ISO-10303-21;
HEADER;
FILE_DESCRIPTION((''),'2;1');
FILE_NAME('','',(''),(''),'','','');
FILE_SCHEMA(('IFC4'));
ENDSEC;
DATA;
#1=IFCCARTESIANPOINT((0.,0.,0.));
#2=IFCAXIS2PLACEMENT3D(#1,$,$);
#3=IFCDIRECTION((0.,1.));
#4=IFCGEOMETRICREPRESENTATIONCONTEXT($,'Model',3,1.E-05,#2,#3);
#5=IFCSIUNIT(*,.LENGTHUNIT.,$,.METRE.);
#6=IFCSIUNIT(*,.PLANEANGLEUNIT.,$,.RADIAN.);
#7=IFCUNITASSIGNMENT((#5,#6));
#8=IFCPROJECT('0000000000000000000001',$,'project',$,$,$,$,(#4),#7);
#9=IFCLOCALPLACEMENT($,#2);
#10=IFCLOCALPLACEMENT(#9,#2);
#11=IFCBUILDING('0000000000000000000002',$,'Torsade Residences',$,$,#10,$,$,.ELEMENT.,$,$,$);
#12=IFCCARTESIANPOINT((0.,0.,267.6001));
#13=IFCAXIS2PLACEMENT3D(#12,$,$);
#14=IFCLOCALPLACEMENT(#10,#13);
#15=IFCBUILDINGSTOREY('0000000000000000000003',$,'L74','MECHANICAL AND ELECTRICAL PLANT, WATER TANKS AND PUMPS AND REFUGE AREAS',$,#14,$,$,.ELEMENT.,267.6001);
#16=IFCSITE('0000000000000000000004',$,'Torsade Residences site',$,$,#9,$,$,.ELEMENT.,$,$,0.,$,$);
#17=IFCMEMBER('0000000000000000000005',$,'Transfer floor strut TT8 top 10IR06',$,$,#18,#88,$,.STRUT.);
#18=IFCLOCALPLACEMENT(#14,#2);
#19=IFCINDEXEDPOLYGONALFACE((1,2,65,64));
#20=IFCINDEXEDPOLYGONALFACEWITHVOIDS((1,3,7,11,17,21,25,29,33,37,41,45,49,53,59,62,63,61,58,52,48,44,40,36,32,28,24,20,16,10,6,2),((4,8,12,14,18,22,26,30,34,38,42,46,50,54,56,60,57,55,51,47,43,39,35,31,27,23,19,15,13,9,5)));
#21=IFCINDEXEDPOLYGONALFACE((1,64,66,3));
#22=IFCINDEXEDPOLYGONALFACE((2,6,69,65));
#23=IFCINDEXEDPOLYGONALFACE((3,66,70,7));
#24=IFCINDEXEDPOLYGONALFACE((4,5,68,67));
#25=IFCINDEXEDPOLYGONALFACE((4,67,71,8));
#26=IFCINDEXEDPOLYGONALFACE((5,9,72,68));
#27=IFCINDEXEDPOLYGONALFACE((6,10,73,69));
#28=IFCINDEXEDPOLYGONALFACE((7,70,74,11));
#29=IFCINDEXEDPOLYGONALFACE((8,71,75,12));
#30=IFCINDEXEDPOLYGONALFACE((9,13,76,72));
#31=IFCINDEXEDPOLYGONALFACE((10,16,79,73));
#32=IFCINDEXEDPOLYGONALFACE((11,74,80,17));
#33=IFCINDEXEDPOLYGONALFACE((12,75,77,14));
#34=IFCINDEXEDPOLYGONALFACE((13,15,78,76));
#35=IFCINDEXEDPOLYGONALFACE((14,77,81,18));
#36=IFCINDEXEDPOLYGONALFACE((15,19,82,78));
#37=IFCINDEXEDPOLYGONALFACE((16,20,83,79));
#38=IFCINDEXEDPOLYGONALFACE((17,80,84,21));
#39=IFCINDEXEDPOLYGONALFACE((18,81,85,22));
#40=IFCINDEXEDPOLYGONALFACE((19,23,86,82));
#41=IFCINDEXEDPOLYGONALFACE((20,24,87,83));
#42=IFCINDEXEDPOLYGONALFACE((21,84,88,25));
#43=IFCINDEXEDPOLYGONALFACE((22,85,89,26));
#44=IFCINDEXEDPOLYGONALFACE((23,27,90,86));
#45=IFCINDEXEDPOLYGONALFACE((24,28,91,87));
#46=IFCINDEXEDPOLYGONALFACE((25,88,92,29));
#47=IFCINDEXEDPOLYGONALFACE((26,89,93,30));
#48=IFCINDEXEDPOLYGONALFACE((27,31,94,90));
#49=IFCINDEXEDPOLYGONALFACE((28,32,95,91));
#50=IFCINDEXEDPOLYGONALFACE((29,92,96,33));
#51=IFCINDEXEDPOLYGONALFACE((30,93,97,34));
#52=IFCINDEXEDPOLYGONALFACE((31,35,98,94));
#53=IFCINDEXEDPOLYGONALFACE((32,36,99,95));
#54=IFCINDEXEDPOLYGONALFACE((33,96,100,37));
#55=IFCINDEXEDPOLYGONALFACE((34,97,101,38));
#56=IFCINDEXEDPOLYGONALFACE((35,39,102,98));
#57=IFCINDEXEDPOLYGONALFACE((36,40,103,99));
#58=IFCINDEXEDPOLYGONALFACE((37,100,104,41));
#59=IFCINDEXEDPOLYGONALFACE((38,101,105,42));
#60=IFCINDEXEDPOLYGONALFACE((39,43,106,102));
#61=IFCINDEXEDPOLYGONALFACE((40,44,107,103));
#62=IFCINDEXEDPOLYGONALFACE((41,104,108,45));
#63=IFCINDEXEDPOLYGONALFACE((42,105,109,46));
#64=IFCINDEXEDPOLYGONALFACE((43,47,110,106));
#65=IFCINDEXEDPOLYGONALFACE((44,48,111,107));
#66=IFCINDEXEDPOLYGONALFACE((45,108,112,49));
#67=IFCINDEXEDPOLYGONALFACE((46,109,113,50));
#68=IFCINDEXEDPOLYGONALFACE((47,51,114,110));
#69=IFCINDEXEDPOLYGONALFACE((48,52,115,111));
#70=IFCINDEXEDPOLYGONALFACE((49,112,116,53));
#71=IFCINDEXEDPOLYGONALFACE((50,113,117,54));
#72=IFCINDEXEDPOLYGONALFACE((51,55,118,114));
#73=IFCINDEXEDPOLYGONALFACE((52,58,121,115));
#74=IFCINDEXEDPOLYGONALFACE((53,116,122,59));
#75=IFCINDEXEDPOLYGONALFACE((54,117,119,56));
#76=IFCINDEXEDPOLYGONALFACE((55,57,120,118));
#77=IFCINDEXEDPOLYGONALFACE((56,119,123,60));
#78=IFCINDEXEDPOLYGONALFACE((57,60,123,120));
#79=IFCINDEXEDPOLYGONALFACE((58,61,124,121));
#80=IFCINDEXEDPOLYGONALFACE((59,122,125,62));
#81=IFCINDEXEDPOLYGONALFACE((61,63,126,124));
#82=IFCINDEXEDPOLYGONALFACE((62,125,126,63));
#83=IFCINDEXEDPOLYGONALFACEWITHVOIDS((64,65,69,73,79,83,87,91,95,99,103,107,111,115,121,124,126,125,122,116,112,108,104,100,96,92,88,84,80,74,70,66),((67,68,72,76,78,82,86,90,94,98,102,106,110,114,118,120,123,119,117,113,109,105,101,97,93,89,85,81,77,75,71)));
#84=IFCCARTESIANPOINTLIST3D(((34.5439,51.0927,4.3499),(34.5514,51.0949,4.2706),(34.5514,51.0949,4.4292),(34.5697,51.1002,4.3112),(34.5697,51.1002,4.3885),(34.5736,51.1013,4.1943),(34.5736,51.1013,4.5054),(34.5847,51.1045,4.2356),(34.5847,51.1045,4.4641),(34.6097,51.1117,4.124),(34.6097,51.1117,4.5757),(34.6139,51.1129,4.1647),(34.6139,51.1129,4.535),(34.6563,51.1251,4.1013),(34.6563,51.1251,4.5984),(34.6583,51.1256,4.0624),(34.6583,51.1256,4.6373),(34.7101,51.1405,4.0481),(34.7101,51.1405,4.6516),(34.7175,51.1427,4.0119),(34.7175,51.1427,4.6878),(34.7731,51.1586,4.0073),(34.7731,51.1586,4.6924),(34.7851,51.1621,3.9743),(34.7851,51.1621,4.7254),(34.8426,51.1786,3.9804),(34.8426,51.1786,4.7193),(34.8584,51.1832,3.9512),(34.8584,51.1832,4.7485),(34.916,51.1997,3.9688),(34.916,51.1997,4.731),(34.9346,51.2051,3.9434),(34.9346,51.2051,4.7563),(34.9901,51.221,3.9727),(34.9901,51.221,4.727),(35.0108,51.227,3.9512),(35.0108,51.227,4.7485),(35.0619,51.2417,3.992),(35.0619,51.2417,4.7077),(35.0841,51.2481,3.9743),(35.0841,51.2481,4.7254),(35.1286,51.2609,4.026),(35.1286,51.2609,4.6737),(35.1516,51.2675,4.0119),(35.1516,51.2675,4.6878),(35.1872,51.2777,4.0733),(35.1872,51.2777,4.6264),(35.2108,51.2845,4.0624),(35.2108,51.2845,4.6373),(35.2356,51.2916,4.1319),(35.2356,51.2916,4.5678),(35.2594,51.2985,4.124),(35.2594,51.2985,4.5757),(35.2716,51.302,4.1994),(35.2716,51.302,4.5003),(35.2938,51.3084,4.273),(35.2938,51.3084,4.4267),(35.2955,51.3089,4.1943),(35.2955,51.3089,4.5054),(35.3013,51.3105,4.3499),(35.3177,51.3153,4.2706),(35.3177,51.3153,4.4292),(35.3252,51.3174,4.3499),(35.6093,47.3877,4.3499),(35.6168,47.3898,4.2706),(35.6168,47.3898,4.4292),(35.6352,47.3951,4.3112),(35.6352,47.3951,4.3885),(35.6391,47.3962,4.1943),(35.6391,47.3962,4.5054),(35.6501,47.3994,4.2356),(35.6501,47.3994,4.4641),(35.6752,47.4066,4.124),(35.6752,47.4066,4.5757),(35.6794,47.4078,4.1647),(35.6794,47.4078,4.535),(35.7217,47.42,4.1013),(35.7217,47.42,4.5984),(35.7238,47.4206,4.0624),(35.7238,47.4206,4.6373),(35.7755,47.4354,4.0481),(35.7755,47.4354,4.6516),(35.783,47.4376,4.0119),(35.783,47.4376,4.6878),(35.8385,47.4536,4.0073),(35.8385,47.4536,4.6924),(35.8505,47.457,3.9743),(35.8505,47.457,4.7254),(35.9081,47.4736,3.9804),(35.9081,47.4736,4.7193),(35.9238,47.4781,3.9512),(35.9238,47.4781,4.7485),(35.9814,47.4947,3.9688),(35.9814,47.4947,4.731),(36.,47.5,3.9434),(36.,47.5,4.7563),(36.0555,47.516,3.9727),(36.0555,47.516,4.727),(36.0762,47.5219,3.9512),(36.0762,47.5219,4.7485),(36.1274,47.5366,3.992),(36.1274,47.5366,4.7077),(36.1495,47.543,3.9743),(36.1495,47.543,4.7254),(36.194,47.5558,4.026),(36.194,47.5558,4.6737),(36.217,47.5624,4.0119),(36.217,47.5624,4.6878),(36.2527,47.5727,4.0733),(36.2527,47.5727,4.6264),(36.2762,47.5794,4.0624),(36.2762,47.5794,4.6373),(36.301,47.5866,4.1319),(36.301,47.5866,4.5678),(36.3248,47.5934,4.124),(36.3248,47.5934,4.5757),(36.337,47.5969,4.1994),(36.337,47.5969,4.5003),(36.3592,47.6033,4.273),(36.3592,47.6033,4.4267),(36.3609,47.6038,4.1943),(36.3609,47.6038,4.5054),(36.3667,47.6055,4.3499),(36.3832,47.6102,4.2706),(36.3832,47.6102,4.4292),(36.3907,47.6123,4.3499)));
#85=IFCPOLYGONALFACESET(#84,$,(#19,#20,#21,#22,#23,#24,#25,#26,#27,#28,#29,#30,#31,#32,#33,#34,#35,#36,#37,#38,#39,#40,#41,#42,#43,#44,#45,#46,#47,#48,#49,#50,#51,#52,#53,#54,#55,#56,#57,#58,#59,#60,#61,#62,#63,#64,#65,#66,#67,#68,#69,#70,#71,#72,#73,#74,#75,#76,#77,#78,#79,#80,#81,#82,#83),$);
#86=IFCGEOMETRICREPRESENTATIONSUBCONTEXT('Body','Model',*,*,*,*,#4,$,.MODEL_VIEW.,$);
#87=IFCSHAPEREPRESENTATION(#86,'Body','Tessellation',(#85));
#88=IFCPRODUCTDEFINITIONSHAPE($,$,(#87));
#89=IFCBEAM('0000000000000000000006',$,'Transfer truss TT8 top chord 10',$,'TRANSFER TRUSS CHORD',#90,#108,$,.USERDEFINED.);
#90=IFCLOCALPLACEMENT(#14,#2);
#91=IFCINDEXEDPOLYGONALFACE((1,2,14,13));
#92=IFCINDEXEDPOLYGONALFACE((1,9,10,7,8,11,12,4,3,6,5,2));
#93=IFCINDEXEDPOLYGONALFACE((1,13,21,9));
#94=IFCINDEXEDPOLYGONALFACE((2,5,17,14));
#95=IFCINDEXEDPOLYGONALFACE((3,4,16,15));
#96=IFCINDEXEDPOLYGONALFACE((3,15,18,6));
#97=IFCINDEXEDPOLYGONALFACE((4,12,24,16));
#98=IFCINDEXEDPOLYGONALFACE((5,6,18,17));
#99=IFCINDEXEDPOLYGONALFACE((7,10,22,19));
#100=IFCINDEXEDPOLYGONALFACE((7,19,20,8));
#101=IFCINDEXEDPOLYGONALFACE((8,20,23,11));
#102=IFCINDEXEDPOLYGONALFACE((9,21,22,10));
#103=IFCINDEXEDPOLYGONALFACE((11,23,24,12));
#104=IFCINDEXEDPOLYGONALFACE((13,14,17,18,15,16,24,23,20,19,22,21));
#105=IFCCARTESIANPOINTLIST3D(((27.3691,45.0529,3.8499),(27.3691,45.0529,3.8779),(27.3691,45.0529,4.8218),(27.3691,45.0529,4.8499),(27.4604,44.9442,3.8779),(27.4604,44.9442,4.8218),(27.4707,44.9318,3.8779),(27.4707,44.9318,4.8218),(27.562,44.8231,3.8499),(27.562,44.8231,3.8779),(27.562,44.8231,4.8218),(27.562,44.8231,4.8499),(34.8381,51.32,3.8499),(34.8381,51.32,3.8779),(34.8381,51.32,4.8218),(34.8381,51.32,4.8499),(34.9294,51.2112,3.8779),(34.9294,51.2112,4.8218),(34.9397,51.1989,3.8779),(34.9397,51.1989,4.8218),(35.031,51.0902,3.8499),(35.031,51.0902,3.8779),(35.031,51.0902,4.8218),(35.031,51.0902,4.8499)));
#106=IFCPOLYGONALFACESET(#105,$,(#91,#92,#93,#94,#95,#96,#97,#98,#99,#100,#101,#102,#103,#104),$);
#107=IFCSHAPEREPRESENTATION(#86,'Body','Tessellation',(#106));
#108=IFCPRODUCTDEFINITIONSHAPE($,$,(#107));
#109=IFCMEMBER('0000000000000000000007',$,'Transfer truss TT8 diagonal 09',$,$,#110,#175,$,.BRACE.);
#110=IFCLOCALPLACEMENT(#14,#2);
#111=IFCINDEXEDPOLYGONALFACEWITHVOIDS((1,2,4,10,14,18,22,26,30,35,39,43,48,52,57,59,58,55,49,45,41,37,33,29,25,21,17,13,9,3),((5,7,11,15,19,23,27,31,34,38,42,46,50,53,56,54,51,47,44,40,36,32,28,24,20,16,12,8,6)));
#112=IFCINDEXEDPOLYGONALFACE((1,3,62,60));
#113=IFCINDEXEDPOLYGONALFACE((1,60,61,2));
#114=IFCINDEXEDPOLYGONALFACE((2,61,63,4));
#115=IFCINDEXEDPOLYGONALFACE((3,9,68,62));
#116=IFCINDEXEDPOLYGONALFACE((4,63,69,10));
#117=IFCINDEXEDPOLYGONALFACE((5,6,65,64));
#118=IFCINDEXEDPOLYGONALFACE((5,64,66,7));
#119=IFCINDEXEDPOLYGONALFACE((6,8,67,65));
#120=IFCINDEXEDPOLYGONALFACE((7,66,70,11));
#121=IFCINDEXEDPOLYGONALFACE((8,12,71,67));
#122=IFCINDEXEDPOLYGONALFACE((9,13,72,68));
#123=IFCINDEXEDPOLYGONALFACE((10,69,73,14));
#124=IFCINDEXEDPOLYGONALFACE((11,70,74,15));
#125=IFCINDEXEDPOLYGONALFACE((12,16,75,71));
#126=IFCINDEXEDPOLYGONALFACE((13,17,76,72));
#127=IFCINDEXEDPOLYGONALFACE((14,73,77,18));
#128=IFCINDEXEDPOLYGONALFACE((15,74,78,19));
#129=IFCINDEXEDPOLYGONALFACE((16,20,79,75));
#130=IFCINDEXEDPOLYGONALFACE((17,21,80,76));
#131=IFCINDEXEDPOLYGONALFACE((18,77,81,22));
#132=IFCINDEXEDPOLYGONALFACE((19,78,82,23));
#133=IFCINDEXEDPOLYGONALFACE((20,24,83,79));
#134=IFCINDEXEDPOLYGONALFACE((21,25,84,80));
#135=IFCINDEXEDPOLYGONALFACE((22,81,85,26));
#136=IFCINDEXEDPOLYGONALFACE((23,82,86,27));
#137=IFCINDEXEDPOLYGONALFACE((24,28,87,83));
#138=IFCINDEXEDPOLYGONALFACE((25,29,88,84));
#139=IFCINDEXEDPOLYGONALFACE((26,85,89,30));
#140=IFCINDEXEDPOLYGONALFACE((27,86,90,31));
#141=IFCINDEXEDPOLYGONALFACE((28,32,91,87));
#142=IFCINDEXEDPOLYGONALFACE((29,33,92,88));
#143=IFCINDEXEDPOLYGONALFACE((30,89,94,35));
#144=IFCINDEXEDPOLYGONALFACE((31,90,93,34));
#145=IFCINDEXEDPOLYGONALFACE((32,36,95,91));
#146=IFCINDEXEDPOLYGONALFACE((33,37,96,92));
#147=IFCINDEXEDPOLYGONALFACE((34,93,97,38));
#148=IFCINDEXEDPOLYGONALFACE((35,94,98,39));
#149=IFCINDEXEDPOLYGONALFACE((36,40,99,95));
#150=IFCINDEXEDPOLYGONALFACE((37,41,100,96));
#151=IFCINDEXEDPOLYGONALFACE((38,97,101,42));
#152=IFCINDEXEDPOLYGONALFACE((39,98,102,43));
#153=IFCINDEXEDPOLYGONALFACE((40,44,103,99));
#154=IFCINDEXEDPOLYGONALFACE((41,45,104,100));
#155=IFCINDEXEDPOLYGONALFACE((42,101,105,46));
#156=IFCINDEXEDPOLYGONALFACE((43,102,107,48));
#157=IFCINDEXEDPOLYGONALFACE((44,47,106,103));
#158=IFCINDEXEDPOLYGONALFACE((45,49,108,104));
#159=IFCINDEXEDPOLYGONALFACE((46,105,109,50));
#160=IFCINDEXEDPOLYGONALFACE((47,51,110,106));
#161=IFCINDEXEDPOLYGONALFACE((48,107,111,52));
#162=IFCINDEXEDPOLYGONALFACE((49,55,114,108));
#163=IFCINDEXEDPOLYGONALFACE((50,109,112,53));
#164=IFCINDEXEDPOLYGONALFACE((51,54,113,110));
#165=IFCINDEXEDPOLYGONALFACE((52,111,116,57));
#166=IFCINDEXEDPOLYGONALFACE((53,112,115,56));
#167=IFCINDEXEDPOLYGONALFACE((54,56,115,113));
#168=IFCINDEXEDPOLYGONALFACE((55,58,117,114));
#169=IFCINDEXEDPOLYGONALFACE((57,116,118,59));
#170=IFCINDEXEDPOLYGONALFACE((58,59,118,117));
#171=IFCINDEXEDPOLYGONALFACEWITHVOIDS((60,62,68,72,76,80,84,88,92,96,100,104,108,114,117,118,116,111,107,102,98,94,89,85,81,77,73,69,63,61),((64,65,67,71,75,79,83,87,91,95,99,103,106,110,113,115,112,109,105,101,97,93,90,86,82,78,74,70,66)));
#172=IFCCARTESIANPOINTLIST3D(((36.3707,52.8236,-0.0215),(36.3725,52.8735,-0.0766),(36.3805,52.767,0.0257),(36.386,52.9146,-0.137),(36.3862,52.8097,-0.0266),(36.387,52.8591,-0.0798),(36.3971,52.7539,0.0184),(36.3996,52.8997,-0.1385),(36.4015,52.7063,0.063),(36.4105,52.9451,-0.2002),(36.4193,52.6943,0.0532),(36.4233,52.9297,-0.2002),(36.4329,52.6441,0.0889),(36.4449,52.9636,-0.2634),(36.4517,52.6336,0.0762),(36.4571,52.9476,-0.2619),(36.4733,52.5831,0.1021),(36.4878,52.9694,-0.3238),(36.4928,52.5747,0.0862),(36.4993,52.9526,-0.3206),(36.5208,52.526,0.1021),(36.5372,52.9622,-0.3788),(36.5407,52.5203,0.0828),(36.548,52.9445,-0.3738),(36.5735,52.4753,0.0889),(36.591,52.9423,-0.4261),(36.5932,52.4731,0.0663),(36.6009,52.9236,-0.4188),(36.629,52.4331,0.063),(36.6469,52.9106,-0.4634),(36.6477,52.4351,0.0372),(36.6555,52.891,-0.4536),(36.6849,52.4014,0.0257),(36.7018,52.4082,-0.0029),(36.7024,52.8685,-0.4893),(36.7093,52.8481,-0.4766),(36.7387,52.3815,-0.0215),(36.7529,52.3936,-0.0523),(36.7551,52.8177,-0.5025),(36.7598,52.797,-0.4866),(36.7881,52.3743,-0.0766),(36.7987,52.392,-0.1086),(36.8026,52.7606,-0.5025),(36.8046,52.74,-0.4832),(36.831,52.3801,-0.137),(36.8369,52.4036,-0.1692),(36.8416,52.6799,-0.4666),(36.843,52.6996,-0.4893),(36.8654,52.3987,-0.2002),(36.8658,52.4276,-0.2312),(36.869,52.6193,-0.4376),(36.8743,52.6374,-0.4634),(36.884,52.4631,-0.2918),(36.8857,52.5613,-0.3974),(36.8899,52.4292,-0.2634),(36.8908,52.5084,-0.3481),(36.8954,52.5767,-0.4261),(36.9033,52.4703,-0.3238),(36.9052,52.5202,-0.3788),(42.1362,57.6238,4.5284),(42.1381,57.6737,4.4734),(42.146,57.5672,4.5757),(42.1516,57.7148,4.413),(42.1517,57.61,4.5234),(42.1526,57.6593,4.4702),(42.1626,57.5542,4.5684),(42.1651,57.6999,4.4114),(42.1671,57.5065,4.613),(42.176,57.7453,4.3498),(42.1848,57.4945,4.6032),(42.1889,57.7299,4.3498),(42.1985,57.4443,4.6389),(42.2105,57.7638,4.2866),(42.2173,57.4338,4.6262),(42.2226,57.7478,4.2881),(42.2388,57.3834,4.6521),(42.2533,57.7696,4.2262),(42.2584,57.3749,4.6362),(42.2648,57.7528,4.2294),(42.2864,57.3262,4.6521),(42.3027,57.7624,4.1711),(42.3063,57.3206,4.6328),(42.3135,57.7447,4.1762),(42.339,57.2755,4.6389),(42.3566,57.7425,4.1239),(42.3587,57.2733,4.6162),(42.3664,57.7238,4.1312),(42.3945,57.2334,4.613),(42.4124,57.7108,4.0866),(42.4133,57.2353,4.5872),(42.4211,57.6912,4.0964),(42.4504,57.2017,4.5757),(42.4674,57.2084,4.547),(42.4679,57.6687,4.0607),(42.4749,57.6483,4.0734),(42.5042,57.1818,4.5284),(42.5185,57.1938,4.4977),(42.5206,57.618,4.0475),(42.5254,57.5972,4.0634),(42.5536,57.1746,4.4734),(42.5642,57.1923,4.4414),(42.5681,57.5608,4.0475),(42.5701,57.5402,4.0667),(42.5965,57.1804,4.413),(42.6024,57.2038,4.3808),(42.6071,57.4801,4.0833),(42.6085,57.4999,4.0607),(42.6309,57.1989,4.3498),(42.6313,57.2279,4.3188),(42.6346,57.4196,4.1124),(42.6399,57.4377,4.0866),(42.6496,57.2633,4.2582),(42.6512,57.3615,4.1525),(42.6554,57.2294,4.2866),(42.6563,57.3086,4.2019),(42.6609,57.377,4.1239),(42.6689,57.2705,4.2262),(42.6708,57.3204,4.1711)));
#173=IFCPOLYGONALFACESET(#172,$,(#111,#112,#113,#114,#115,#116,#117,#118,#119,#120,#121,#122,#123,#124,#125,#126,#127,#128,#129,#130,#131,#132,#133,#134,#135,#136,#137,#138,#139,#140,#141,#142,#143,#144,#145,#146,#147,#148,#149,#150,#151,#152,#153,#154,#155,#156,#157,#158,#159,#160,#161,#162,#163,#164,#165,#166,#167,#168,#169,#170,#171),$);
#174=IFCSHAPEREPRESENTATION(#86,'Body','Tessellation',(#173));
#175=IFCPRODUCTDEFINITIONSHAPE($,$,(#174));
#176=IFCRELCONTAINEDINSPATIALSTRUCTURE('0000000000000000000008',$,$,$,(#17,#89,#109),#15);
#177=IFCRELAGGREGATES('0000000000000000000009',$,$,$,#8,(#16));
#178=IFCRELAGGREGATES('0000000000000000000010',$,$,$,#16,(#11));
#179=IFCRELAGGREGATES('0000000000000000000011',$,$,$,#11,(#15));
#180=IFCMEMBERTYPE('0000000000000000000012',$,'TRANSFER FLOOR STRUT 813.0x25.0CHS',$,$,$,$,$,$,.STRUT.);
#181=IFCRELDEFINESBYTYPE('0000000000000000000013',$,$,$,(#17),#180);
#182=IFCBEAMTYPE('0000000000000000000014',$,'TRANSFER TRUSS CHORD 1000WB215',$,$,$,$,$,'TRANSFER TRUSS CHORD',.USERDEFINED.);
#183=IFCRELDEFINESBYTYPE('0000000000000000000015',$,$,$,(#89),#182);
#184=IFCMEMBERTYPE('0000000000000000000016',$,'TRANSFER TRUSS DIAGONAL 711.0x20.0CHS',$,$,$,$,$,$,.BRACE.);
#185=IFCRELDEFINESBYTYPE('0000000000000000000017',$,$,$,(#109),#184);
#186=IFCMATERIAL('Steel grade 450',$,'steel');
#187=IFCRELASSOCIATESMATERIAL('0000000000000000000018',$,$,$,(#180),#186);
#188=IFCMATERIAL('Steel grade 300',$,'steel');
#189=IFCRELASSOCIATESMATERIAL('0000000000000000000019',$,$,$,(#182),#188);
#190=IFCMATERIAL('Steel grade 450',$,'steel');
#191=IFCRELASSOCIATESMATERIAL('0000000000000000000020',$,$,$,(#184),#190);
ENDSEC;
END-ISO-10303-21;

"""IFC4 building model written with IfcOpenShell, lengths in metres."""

from ifc_helpers import new_model, si_unit, direction, frame, origin, origin_2d, place, context, subcontext, project, spatial, hollow_circle, i_section, extrude, material, material_profile, profile_set, type_object, element, save


model = new_model("IFC4")

# Units and contexts
model_context = context("Model", 3, precision=1e-05, world=origin(), true_north=direction((0.0, 1.0)))
body_context = subcontext(model_context, "Body", "Model", "MODEL_VIEW")
ifc_project = project(units=[si_unit("LENGTHUNIT", "METRE"), si_unit("PLANEANGLEUNIT", "RADIAN")], contexts=[model_context])

# Site, building, storey
site_placement = place(None, origin())
site = spatial("IfcSite", under=ifc_project, at=site_placement, Name="Torsade Residences site", CompositionType="ELEMENT", RefElevation=0.0)
building_placement = place(site_placement, origin())
building = spatial("IfcBuilding", under=site, at=building_placement, Name="Torsade Residences", CompositionType="ELEMENT")
storey_placement = place(building_placement, frame((0.0, 0.0, 267.6001)))
storey = spatial("IfcBuildingStorey", under=building, at=storey_placement, Name="L74", Description="MECHANICAL AND ELECTRICAL PLANT, WATER TANKS AND PUMPS AND REFUGE AREAS", CompositionType="ELEMENT", Elevation=267.6001)

# Member
ifc_material_1 = material(Name="Steel grade 450", Category="steel")
ifc_material_profile_1 = material_profile(ifc_material_1, hollow_circle(Radius=0.4065, WallThickness=0.0249, at=origin_2d()), Name="813.0x25.0CHS")
ifc_profile_set_1 = profile_set([ifc_material_profile_1], Name="Steel grade 450")
member_type_1 = type_object("IfcMemberType", Name="TRANSFER FLOOR STRUT 813.0x25.0CHS", PredefinedType="STRUT", material=ifc_profile_set_1)
member_1_placement = place(storey_placement, frame((34.9346, 51.2051, 4.3499), z_axis=(0.27636, -0.961054, 0.0), x_axis=(0.961054, 0.27636, 0.0)))
element("IfcMember", 1, at=member_1_placement, inside=storey, type_object=member_type_1, Name="Transfer floor strut TT8 top 10IR06", PredefinedType="STRUT", context=body_context, shape_type="SweptSolid", body=[
    extrude(hollow_circle(Radius=0.4065, WallThickness=0.0249, at=origin_2d()), origin(), (0.0, 0.0, 1.0), 3.8552),
])

# Beam
ifc_material_2 = material(Name="Steel grade 300", Category="steel")
ifc_material_profile_2 = material_profile(ifc_material_2, i_section(OverallWidth=0.3, OverallDepth=1.0, WebThickness=0.0161, FlangeThickness=0.0281, at=origin_2d()), Name="1000WB215")
ifc_profile_set_2 = profile_set([ifc_material_profile_2], Name="Steel grade 300")
beam_type_1 = type_object("IfcBeamType", Name="TRANSFER TRUSS CHORD 1000WB215", ElementType="TRANSFER TRUSS CHORD", PredefinedType="USERDEFINED", material=ifc_profile_set_2)
beam_1_placement = place(storey_placement, frame((34.9346, 51.2051, 4.3499), z_axis=(-0.766052, -0.642779, 0.0), x_axis=(0.642779, -0.766052, 0.0)))
element("IfcBeam", 2, at=beam_1_placement, inside=storey, type_object=beam_type_1, Name="Transfer truss TT8 top chord 10", ObjectType="TRANSFER TRUSS CHORD", PredefinedType="USERDEFINED", context=body_context, shape_type="SweptSolid", body=[
    extrude(i_section(OverallWidth=0.3, OverallDepth=1.0, WebThickness=0.0161, FlangeThickness=0.0281, at=origin_2d()), origin(), (0.0, 0.0, 1.0), 9.75),
])

# Member
ifc_material_3 = material(Name="Steel grade 450", Category="steel")
ifc_material_profile_3 = material_profile(ifc_material_3, hollow_circle(Radius=0.3555, WallThickness=0.02, at=origin_2d()), Name="711.0x20.0CHS")
ifc_profile_set_3 = profile_set([ifc_material_profile_3], Name="Steel grade 450")
member_type_2 = type_object("IfcMemberType", Name="TRANSFER TRUSS DIAGONAL 711.0x20.0CHS", PredefinedType="BRACE", material=ifc_profile_set_3)
member_2_placement = place(storey_placement, frame((36.6379, 52.6719, -0.2002), z_axis=(0.657104, 0.547086, 0.518566), x_axis=(-0.639839, 0.768509, 0.0)))
element("IfcMember", 3, at=member_2_placement, inside=storey, type_object=member_type_2, Name="Transfer truss TT8 diagonal 09", PredefinedType="BRACE", context=body_context, shape_type="SweptSolid", body=[
    extrude(hollow_circle(Radius=0.3555, WallThickness=0.02, at=origin_2d()), origin(), (0.0, 0.0, 1.0), 8.7742),
])

save(model, "model.ifc")
